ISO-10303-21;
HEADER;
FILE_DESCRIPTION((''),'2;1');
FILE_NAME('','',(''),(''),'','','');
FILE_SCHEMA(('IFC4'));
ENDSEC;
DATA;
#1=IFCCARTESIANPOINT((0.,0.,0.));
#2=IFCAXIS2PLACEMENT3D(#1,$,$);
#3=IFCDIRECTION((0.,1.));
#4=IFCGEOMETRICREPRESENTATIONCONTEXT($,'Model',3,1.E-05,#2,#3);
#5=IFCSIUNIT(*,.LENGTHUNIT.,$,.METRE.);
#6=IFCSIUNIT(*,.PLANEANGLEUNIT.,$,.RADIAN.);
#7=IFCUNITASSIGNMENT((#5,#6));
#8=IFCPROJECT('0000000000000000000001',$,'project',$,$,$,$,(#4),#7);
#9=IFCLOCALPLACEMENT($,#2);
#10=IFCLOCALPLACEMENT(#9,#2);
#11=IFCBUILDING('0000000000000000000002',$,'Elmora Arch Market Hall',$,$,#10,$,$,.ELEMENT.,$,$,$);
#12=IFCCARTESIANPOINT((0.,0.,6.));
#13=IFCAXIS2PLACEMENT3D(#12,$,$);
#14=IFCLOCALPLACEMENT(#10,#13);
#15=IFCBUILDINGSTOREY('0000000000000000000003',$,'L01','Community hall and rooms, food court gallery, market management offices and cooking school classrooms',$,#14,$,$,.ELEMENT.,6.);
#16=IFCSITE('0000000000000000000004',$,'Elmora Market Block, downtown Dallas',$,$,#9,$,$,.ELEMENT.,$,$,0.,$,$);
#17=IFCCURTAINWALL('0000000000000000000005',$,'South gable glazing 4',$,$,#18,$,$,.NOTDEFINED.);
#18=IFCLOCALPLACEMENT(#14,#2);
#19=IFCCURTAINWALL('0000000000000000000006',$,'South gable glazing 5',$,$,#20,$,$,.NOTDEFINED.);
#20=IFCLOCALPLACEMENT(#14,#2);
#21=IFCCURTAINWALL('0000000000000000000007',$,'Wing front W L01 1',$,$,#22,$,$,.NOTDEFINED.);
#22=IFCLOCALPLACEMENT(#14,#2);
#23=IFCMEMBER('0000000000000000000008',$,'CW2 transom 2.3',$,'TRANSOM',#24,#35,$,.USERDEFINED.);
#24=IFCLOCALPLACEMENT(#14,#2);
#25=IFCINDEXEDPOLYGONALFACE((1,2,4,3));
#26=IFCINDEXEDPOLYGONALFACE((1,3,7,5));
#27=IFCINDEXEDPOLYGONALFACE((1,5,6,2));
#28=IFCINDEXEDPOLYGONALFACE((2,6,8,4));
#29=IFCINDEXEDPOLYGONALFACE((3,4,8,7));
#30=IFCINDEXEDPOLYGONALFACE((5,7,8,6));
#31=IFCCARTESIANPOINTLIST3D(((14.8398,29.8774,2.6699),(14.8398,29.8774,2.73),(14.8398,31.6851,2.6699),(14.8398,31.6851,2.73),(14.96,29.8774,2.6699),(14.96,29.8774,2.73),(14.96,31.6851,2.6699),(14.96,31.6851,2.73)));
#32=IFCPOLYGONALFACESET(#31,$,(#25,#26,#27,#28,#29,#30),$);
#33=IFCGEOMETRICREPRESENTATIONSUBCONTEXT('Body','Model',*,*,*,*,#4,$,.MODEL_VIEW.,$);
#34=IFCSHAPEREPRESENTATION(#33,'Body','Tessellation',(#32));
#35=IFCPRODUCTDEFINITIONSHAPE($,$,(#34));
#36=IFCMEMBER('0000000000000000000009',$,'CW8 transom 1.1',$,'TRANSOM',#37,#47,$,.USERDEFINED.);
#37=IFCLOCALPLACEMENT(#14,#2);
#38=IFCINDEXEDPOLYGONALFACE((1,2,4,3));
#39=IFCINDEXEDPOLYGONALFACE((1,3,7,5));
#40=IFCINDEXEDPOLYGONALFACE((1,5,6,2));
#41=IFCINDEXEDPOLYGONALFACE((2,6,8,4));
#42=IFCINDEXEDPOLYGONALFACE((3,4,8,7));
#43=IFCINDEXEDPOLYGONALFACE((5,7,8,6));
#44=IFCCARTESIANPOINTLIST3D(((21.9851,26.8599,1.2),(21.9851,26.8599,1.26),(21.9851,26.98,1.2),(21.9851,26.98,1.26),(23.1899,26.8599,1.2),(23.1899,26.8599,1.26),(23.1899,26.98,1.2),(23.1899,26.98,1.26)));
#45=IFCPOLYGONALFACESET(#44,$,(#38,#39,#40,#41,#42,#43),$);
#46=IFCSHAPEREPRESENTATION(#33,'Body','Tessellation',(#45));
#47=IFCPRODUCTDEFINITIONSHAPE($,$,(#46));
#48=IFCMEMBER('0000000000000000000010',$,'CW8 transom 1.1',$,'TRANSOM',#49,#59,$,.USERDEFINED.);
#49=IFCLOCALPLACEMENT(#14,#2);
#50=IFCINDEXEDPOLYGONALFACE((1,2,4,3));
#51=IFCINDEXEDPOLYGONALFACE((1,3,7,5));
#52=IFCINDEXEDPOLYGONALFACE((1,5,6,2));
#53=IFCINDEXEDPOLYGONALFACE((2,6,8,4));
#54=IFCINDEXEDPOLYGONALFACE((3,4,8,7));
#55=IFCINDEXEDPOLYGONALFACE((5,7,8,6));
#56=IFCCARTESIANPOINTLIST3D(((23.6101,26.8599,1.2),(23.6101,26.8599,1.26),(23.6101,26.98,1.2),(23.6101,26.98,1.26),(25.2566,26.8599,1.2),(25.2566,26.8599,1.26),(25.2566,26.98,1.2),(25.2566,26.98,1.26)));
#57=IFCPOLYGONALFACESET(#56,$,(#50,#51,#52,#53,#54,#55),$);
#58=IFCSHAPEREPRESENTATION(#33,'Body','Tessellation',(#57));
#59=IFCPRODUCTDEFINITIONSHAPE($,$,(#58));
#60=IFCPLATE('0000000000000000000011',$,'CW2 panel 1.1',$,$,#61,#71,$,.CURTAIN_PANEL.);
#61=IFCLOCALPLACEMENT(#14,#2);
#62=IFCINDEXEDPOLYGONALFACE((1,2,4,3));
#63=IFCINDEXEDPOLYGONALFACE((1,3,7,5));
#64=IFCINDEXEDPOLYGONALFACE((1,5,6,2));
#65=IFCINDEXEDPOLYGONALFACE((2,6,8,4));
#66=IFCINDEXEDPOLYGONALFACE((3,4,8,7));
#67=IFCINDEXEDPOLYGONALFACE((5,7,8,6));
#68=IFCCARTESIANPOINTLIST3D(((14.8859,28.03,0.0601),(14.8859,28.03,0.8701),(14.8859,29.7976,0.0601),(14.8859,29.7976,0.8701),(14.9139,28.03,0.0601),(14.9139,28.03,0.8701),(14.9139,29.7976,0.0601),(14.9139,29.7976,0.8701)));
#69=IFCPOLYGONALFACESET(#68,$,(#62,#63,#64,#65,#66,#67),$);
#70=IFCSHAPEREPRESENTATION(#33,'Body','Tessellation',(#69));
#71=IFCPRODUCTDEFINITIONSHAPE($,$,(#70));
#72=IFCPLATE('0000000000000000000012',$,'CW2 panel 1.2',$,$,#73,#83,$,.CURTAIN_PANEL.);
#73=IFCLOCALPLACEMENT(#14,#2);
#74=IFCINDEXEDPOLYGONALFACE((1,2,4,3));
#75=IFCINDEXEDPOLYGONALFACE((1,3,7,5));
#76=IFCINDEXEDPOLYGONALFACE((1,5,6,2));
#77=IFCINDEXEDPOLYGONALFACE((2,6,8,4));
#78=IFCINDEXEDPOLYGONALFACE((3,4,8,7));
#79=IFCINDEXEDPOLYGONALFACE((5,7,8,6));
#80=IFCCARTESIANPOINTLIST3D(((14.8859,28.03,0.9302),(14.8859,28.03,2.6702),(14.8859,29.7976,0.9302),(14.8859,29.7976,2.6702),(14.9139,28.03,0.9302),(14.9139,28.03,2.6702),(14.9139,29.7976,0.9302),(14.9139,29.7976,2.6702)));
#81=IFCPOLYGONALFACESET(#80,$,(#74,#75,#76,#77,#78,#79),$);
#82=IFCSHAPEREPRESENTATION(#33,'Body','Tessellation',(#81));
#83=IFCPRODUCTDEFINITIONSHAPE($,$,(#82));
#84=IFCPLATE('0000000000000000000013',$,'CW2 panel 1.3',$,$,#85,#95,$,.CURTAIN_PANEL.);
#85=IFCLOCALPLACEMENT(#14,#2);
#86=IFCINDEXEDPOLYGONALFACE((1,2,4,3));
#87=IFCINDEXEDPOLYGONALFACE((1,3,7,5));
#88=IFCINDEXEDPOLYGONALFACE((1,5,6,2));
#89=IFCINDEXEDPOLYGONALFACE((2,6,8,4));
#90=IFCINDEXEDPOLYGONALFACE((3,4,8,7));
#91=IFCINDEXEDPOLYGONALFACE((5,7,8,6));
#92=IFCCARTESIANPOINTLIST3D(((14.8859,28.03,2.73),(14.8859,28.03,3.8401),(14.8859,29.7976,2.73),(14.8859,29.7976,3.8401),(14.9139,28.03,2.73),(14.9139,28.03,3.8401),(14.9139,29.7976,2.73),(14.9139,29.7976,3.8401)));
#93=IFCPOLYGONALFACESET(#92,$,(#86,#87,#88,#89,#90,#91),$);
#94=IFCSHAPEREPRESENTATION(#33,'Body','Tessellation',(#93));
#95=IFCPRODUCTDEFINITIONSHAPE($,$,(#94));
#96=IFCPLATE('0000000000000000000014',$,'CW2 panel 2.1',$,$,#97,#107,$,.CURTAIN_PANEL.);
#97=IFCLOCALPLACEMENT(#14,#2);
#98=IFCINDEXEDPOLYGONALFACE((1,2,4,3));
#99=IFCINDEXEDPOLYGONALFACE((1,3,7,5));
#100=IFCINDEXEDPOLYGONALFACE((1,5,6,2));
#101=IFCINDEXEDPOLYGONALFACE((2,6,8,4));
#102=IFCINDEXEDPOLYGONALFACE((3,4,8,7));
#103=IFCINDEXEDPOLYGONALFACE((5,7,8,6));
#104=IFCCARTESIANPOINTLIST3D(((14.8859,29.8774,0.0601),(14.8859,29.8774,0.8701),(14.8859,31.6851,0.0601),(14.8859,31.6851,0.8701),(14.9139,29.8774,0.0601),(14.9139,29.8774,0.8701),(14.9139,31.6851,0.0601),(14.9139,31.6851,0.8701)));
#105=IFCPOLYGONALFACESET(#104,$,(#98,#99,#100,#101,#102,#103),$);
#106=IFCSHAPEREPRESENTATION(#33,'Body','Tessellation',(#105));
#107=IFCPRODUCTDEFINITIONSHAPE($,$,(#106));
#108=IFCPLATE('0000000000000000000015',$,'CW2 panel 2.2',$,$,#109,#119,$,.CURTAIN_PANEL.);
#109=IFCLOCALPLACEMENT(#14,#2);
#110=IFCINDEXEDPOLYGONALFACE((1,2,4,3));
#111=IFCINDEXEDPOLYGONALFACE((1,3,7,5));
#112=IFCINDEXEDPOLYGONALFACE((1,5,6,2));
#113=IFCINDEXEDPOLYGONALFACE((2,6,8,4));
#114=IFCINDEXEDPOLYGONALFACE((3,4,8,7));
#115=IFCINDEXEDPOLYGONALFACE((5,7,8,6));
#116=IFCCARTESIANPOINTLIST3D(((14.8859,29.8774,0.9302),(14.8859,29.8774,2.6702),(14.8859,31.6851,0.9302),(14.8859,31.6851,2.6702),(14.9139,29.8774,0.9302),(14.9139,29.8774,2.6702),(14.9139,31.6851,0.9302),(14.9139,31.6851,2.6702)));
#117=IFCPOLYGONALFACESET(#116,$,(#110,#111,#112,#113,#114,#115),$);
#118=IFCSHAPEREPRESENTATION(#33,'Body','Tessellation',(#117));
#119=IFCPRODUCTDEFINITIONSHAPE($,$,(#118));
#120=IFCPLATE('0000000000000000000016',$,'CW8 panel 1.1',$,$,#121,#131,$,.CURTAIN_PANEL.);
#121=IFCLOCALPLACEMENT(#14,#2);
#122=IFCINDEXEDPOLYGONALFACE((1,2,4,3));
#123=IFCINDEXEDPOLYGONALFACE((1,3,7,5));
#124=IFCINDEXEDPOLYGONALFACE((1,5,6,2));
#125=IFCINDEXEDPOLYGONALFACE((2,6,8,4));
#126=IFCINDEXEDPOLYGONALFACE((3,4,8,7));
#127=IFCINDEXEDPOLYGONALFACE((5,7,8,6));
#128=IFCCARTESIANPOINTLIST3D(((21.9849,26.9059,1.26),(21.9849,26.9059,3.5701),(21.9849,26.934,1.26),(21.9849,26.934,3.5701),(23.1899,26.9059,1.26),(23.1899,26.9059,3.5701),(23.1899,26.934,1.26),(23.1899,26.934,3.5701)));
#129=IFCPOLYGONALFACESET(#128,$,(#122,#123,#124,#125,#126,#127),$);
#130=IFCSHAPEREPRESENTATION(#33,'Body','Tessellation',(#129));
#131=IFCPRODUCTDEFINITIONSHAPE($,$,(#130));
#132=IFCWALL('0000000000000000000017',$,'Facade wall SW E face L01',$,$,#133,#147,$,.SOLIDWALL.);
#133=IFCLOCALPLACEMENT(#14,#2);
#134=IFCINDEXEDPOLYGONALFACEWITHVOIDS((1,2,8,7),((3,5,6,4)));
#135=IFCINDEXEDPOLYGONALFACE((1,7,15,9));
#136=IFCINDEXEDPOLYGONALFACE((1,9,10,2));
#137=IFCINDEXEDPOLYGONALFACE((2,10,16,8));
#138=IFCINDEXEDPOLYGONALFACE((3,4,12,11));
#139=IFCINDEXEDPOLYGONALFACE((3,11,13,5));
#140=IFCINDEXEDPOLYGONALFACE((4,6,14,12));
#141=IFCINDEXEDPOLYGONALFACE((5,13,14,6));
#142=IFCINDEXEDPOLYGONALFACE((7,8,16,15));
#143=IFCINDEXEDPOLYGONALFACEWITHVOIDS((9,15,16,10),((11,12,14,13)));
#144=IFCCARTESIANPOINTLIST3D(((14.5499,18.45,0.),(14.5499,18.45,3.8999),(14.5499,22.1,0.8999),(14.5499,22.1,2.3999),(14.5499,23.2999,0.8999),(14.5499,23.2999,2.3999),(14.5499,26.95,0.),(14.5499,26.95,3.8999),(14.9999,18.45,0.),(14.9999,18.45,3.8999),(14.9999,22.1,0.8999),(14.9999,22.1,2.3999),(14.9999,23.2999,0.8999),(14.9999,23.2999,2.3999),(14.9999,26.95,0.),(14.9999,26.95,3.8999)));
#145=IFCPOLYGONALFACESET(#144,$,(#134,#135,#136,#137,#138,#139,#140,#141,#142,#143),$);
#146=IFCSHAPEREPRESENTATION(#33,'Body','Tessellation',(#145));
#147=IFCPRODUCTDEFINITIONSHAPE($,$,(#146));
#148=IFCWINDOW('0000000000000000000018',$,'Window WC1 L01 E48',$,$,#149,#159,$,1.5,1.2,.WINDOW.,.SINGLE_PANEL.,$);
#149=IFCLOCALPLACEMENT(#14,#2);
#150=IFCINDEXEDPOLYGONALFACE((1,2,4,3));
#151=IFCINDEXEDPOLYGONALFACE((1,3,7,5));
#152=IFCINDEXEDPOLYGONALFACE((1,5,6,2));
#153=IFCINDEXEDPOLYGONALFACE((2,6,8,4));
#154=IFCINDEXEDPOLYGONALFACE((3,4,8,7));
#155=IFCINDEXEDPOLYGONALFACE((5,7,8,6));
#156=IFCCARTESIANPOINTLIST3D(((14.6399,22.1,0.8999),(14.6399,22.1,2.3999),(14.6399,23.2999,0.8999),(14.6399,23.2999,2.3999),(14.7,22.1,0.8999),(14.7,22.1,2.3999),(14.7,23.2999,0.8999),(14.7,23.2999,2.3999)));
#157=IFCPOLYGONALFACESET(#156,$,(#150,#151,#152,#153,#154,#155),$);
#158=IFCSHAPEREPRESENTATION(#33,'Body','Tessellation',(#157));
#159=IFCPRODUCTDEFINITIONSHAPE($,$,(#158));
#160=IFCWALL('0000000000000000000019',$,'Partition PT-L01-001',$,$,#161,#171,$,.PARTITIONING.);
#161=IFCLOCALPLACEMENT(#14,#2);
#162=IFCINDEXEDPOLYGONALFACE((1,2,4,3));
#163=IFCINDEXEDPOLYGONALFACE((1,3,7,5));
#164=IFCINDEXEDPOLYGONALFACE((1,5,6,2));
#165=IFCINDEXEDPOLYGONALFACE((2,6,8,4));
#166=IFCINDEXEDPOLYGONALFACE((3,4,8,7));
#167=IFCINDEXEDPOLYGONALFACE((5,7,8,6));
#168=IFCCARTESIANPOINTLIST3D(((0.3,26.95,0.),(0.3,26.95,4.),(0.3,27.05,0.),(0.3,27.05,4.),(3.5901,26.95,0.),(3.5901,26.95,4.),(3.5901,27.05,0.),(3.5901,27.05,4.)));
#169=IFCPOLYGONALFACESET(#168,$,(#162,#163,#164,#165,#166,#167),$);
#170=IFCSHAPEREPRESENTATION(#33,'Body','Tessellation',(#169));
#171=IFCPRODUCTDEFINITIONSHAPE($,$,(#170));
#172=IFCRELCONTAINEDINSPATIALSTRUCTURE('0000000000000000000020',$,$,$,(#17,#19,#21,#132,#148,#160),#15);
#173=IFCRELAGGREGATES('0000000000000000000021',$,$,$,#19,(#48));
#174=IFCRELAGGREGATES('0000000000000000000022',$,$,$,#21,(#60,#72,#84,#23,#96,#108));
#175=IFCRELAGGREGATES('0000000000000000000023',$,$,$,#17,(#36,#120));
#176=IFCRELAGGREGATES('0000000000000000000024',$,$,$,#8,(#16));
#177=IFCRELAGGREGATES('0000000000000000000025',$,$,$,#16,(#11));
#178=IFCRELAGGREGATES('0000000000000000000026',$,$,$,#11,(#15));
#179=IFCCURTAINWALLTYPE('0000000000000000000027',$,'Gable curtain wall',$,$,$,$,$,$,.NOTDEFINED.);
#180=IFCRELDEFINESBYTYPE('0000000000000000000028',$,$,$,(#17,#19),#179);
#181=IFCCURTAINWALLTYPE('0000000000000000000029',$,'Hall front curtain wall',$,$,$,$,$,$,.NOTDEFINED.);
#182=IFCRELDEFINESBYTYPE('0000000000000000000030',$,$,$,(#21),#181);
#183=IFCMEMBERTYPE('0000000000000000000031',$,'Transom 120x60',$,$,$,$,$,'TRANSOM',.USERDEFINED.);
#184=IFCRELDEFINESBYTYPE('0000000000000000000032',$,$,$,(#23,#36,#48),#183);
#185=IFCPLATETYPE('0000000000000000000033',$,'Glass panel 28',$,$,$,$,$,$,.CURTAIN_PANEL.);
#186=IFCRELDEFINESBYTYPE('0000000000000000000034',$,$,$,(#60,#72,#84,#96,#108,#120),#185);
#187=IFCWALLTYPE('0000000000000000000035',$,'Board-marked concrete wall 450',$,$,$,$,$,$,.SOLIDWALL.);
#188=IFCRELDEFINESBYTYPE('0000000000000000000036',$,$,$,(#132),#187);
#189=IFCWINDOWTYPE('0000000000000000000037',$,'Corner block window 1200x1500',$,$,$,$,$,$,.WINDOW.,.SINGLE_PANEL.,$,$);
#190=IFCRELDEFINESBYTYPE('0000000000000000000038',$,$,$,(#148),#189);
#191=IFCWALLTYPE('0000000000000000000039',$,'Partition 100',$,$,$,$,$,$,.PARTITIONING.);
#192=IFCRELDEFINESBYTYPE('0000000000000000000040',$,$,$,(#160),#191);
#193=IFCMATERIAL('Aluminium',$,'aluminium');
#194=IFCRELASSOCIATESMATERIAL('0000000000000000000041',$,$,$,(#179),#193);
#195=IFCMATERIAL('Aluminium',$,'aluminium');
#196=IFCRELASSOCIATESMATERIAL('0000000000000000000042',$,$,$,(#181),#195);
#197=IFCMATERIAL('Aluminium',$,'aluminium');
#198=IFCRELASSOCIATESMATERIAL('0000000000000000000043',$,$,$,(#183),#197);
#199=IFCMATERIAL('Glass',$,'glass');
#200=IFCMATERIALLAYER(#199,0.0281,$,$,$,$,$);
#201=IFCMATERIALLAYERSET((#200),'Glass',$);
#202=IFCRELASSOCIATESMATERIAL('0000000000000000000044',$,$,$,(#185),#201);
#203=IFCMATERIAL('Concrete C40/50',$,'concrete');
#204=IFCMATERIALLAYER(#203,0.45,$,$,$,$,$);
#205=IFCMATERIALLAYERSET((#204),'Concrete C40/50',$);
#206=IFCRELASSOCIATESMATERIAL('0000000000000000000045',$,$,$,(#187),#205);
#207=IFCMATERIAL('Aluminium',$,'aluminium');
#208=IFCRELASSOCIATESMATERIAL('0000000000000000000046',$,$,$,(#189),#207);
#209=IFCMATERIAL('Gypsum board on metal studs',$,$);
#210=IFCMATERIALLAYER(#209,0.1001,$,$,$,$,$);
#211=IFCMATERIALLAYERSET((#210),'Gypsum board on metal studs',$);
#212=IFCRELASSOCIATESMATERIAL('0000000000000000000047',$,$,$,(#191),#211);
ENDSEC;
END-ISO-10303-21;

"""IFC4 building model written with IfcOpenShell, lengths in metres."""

from ifc_helpers import new_model, si_unit, direction, frame, frame_2d, origin, origin_2d, place, context, subcontext, project, spatial, rectangle, extrude, material, layer, layer_set, material_profile, profile_set, type_object, element, fill, aggregate, save


model = new_model("IFC4")

# Units and contexts
model_context = context("Model", 3, precision=1e-05, world=origin(), true_north=direction((0.0, 1.0)))
body_context = subcontext(model_context, "Body", "Model", "MODEL_VIEW")
ifc_project = project(units=[si_unit("LENGTHUNIT", "METRE"), si_unit("PLANEANGLEUNIT", "RADIAN")], contexts=[model_context])

# Site, building, storey
site_placement = place(None, origin())
site = spatial("IfcSite", under=ifc_project, at=site_placement, Name="Elmora Market Block, downtown Dallas", CompositionType="ELEMENT", RefElevation=0.0)
building_placement = place(site_placement, origin())
building = spatial("IfcBuilding", under=site, at=building_placement, Name="Elmora Arch Market Hall", CompositionType="ELEMENT")
storey_placement = place(building_placement, frame((0.0, 0.0, 6.0)))
storey = spatial("IfcBuildingStorey", under=building, at=storey_placement, Name="L01", Description="Community hall and rooms, food court gallery, market management offices and cooking school classrooms", CompositionType="ELEMENT", Elevation=6.0)

# Shared definitions
ifc_material_1 = material(Name="Aluminium", Category="aluminium")
curtain_wall_type_1 = type_object("IfcCurtainWallType", Name="Gable curtain wall", PredefinedType="NOTDEFINED", material=ifc_material_1)

# Curtain wall
curtain_wall_1_placement = place(storey_placement, origin())
curtain_wall_1 = element("IfcCurtainWall", 1, at=curtain_wall_1_placement, inside=storey, type_object=curtain_wall_type_1, Name="South gable glazing 4", PredefinedType="NOTDEFINED")

# Curtain wall
curtain_wall_2_placement = place(storey_placement, origin())
curtain_wall_2 = element("IfcCurtainWall", 2, at=curtain_wall_2_placement, inside=storey, type_object=curtain_wall_type_1, Name="South gable glazing 5", PredefinedType="NOTDEFINED")

# Curtain wall, member
ifc_material_2 = material(Name="Aluminium", Category="aluminium")
curtain_wall_type_2 = type_object("IfcCurtainWallType", Name="Hall front curtain wall", PredefinedType="NOTDEFINED", material=ifc_material_2)
curtain_wall_3_placement = place(storey_placement, origin())
curtain_wall_3 = element("IfcCurtainWall", 3, at=curtain_wall_3_placement, inside=storey, type_object=curtain_wall_type_2, Name="Wing front W L01 1", PredefinedType="NOTDEFINED")
ifc_material_3 = material(Name="Aluminium", Category="aluminium")
ifc_material_profile_1 = material_profile(ifc_material_3, rectangle(XDim=0.1201, YDim=0.0601, at=origin_2d()), Name="AL 120x60")
ifc_profile_set_1 = profile_set([ifc_material_profile_1], Name="Aluminium")
member_type_1 = type_object("IfcMemberType", Name="Transom 120x60", ElementType="TRANSOM", PredefinedType="USERDEFINED", material=ifc_profile_set_1)
member_1_placement = place(storey_placement, frame((14.8999, 29.8774, 2.7), z_axis=(0.0, 1.0, 0.0), x_axis=(-1.0, 0.0, 0.0)))
member_1 = element("IfcMember", 4, at=member_1_placement, type_object=member_type_1, Name="CW2 transom 2.3", ObjectType="TRANSOM", PredefinedType="USERDEFINED", context=body_context, shape_type="SweptSolid", body=[
    extrude(rectangle(XDim=0.1201, YDim=0.0601, at=origin_2d()), origin(), (0.0, 0.0, 1.0), 1.8076),
])

# Members
member_2_placement = place(storey_placement, frame((21.9851, 26.9199, 1.23), z_axis=(1.0, 0.0, 0.0), x_axis=(0.0, 1.0, 0.0)))
member_2 = element("IfcMember", 5, at=member_2_placement, type_object=member_type_1, Name="CW8 transom 1.1", ObjectType="TRANSOM", PredefinedType="USERDEFINED", context=body_context, shape_type="SweptSolid", body=[
    extrude(rectangle(XDim=0.1201, YDim=0.0601, at=origin_2d()), origin(), (0.0, 0.0, 1.0), 1.2048),
])
member_3_placement = place(storey_placement, frame((23.6101, 26.9199, 1.23), z_axis=(1.0, 0.0, 0.0), x_axis=(0.0, 1.0, 0.0)))
member_3 = element("IfcMember", 6, at=member_3_placement, type_object=member_type_1, Name="CW8 transom 1.1", ObjectType="TRANSOM", PredefinedType="USERDEFINED", context=body_context, shape_type="SweptSolid", body=[
    extrude(rectangle(XDim=0.1201, YDim=0.0601, at=origin_2d()), origin(), (0.0, 0.0, 1.0), 1.6465),
])
aggregate(curtain_wall_2, [member_3])

# Plates
ifc_material_4 = material(Name="Glass", Category="glass")
ifc_layer_1 = layer(ifc_material_4, 0.0281)
ifc_layer_set_1 = layer_set([ifc_layer_1], Name="Glass")
plate_type = type_object("IfcPlateType", Name="Glass panel 28", PredefinedType="CURTAIN_PANEL", material=ifc_layer_set_1)
plate_1_placement = place(storey_placement, frame((14.8999, 28.9138, 0.0601), z_axis=(0.0, 0.0, 1.0), x_axis=(0.0, 1.0, 0.0)))
plate_1 = element("IfcPlate", 7, at=plate_1_placement, type_object=plate_type, Name="CW2 panel 1.1", PredefinedType="CURTAIN_PANEL", context=body_context, shape_type="SweptSolid", body=[
    extrude(rectangle(XDim=1.7676, YDim=0.0281, at=origin_2d()), origin(), (0.0, 0.0, 1.0), 0.8101),
])
plate_2_placement = place(storey_placement, frame((14.8999, 28.9138, 0.9302), z_axis=(0.0, 0.0, 1.0), x_axis=(0.0, 1.0, 0.0)))
plate_2 = element("IfcPlate", 8, at=plate_2_placement, type_object=plate_type, Name="CW2 panel 1.2", PredefinedType="CURTAIN_PANEL", context=body_context, shape_type="SweptSolid", body=[
    extrude(rectangle(XDim=1.7676, YDim=0.0281, at=origin_2d()), origin(), (0.0, 0.0, 1.0), 1.74),
])
plate_3_placement = place(storey_placement, frame((14.8999, 28.9138, 2.73), z_axis=(0.0, 0.0, 1.0), x_axis=(0.0, 1.0, 0.0)))
plate_3 = element("IfcPlate", 9, at=plate_3_placement, type_object=plate_type, Name="CW2 panel 1.3", PredefinedType="CURTAIN_PANEL", context=body_context, shape_type="SweptSolid", body=[
    extrude(rectangle(XDim=1.7676, YDim=0.0281, at=origin_2d()), origin(), (0.0, 0.0, 1.0), 1.1101),
])
plate_4_placement = place(storey_placement, frame((14.8999, 30.7812, 0.0601), z_axis=(0.0, 0.0, 1.0), x_axis=(0.0, 1.0, 0.0)))
plate_4 = element("IfcPlate", 10, at=plate_4_placement, type_object=plate_type, Name="CW2 panel 2.1", PredefinedType="CURTAIN_PANEL", context=body_context, shape_type="SweptSolid", body=[
    extrude(rectangle(XDim=1.8076, YDim=0.0281, at=origin_2d()), origin(), (0.0, 0.0, 1.0), 0.8101),
])
plate_5_placement = place(storey_placement, frame((14.8999, 30.7812, 0.9302), z_axis=(0.0, 0.0, 1.0), x_axis=(0.0, 1.0, 0.0)))
plate_5 = element("IfcPlate", 11, at=plate_5_placement, type_object=plate_type, Name="CW2 panel 2.2", PredefinedType="CURTAIN_PANEL", context=body_context, shape_type="SweptSolid", body=[
    extrude(rectangle(XDim=1.8076, YDim=0.0281, at=origin_2d()), origin(), (0.0, 0.0, 1.0), 1.74),
])
aggregate(curtain_wall_3, [plate_1, plate_2, plate_3, member_1, plate_4, plate_5])
plate_6_placement = place(storey_placement, frame((22.5874, 26.9199, 1.26), z_axis=(0.0, 0.0, 1.0), x_axis=(1.0, 0.0, 0.0)))
plate_6 = element("IfcPlate", 12, at=plate_6_placement, type_object=plate_type, Name="CW8 panel 1.1", PredefinedType="CURTAIN_PANEL", context=body_context, shape_type="SweptSolid", body=[
    extrude(rectangle(XDim=1.2051, YDim=0.0281, at=origin_2d()), origin(), (0.0, 0.0, 1.0), 2.3101),
])
aggregate(curtain_wall_1, [member_2, plate_6])

# Wall, opening, window
ifc_material_5 = material(Name="Concrete C40/50", Category="concrete")
ifc_layer_2 = layer(ifc_material_5, 0.45)
ifc_layer_set_2 = layer_set([ifc_layer_2], Name="Concrete C40/50")
wall_type_1 = type_object("IfcWallType", Name="Board-marked concrete wall 450", PredefinedType="SOLIDWALL", material=ifc_layer_set_2)
wall_1_placement = place(storey_placement, frame((14.7749, 26.95, 0.0), z_axis=(0.0, 0.0, 1.0), x_axis=(0.0, -1.0, 0.0)))
wall_1 = element("IfcWall", 13, at=wall_1_placement, inside=storey, type_object=wall_type_1, Name="Facade wall SW E face L01", PredefinedType="SOLIDWALL", context=body_context, shape_type="SweptSolid", body=[
    extrude(rectangle(XDim=8.5, YDim=0.45, at=frame_2d((4.25, 0.0))), origin(), (0.0, 0.0, 1.0), 3.8999),
])
opening_1_placement = place(wall_1_placement, frame((3.6499, 0.0, 0.8999)))
opening_1 = element("IfcOpeningElement", 14, at=opening_1_placement, cuts=wall_1, PredefinedType="OPENING", context=body_context, shape_type="SweptSolid", body=[
    extrude(rectangle(XDim=1.2, YDim=1.5, at=frame_2d((0.6001, 0.75))), frame((0.0, 0.2349, 0.0), z_axis=(0.0, -1.0, 0.0), x_axis=(1.0, 0.0, 0.0)), (0.0, 0.0, 1.0), 0.47),
])
ifc_material_6 = material(Name="Aluminium", Category="aluminium")
window_type = type_object("IfcWindowType", Name="Corner block window 1200x1500", PartitioningType="SINGLE_PANEL", PredefinedType="WINDOW", material=ifc_material_6)
window_placement = place(opening_1_placement, origin())
window = element("IfcWindow", 15, at=window_placement, inside=storey, type_object=window_type, Name="Window WC1 L01 E48", OverallHeight=1.5, OverallWidth=1.2, PartitioningType="SINGLE_PANEL", PredefinedType="WINDOW", context=body_context, shape_type="SweptSolid", body=[
    extrude(rectangle(XDim=1.2, YDim=1.5, at=frame_2d((0.6001, 0.75))), frame((0.0, -0.075, 0.0), z_axis=(0.0, -1.0, 0.0), x_axis=(1.0, 0.0, 0.0)), (0.0, 0.0, 1.0), 0.0601),
])
fill(opening_1, window)

# Wall
ifc_material_7 = material(Name="Gypsum board on metal studs")
ifc_layer_3 = layer(ifc_material_7, 0.1001)
ifc_layer_set_3 = layer_set([ifc_layer_3], Name="Gypsum board on metal studs")
wall_type_2 = type_object("IfcWallType", Name="Partition 100", PredefinedType="PARTITIONING", material=ifc_layer_set_3)
wall_2_placement = place(storey_placement, frame((0.3, 27.0, 0.0), z_axis=(0.0, 0.0, 1.0), x_axis=(1.0, 0.0, 0.0)))
element("IfcWall", 16, at=wall_2_placement, inside=storey, type_object=wall_type_2, Name="Partition PT-L01-001", PredefinedType="PARTITIONING", context=body_context, shape_type="SweptSolid", body=[
    extrude(rectangle(XDim=3.29, YDim=0.1001, at=frame_2d((1.645, 0.0))), origin(), (0.0, 0.0, 1.0), 4.0),
])

save(model, "model.ifc")
